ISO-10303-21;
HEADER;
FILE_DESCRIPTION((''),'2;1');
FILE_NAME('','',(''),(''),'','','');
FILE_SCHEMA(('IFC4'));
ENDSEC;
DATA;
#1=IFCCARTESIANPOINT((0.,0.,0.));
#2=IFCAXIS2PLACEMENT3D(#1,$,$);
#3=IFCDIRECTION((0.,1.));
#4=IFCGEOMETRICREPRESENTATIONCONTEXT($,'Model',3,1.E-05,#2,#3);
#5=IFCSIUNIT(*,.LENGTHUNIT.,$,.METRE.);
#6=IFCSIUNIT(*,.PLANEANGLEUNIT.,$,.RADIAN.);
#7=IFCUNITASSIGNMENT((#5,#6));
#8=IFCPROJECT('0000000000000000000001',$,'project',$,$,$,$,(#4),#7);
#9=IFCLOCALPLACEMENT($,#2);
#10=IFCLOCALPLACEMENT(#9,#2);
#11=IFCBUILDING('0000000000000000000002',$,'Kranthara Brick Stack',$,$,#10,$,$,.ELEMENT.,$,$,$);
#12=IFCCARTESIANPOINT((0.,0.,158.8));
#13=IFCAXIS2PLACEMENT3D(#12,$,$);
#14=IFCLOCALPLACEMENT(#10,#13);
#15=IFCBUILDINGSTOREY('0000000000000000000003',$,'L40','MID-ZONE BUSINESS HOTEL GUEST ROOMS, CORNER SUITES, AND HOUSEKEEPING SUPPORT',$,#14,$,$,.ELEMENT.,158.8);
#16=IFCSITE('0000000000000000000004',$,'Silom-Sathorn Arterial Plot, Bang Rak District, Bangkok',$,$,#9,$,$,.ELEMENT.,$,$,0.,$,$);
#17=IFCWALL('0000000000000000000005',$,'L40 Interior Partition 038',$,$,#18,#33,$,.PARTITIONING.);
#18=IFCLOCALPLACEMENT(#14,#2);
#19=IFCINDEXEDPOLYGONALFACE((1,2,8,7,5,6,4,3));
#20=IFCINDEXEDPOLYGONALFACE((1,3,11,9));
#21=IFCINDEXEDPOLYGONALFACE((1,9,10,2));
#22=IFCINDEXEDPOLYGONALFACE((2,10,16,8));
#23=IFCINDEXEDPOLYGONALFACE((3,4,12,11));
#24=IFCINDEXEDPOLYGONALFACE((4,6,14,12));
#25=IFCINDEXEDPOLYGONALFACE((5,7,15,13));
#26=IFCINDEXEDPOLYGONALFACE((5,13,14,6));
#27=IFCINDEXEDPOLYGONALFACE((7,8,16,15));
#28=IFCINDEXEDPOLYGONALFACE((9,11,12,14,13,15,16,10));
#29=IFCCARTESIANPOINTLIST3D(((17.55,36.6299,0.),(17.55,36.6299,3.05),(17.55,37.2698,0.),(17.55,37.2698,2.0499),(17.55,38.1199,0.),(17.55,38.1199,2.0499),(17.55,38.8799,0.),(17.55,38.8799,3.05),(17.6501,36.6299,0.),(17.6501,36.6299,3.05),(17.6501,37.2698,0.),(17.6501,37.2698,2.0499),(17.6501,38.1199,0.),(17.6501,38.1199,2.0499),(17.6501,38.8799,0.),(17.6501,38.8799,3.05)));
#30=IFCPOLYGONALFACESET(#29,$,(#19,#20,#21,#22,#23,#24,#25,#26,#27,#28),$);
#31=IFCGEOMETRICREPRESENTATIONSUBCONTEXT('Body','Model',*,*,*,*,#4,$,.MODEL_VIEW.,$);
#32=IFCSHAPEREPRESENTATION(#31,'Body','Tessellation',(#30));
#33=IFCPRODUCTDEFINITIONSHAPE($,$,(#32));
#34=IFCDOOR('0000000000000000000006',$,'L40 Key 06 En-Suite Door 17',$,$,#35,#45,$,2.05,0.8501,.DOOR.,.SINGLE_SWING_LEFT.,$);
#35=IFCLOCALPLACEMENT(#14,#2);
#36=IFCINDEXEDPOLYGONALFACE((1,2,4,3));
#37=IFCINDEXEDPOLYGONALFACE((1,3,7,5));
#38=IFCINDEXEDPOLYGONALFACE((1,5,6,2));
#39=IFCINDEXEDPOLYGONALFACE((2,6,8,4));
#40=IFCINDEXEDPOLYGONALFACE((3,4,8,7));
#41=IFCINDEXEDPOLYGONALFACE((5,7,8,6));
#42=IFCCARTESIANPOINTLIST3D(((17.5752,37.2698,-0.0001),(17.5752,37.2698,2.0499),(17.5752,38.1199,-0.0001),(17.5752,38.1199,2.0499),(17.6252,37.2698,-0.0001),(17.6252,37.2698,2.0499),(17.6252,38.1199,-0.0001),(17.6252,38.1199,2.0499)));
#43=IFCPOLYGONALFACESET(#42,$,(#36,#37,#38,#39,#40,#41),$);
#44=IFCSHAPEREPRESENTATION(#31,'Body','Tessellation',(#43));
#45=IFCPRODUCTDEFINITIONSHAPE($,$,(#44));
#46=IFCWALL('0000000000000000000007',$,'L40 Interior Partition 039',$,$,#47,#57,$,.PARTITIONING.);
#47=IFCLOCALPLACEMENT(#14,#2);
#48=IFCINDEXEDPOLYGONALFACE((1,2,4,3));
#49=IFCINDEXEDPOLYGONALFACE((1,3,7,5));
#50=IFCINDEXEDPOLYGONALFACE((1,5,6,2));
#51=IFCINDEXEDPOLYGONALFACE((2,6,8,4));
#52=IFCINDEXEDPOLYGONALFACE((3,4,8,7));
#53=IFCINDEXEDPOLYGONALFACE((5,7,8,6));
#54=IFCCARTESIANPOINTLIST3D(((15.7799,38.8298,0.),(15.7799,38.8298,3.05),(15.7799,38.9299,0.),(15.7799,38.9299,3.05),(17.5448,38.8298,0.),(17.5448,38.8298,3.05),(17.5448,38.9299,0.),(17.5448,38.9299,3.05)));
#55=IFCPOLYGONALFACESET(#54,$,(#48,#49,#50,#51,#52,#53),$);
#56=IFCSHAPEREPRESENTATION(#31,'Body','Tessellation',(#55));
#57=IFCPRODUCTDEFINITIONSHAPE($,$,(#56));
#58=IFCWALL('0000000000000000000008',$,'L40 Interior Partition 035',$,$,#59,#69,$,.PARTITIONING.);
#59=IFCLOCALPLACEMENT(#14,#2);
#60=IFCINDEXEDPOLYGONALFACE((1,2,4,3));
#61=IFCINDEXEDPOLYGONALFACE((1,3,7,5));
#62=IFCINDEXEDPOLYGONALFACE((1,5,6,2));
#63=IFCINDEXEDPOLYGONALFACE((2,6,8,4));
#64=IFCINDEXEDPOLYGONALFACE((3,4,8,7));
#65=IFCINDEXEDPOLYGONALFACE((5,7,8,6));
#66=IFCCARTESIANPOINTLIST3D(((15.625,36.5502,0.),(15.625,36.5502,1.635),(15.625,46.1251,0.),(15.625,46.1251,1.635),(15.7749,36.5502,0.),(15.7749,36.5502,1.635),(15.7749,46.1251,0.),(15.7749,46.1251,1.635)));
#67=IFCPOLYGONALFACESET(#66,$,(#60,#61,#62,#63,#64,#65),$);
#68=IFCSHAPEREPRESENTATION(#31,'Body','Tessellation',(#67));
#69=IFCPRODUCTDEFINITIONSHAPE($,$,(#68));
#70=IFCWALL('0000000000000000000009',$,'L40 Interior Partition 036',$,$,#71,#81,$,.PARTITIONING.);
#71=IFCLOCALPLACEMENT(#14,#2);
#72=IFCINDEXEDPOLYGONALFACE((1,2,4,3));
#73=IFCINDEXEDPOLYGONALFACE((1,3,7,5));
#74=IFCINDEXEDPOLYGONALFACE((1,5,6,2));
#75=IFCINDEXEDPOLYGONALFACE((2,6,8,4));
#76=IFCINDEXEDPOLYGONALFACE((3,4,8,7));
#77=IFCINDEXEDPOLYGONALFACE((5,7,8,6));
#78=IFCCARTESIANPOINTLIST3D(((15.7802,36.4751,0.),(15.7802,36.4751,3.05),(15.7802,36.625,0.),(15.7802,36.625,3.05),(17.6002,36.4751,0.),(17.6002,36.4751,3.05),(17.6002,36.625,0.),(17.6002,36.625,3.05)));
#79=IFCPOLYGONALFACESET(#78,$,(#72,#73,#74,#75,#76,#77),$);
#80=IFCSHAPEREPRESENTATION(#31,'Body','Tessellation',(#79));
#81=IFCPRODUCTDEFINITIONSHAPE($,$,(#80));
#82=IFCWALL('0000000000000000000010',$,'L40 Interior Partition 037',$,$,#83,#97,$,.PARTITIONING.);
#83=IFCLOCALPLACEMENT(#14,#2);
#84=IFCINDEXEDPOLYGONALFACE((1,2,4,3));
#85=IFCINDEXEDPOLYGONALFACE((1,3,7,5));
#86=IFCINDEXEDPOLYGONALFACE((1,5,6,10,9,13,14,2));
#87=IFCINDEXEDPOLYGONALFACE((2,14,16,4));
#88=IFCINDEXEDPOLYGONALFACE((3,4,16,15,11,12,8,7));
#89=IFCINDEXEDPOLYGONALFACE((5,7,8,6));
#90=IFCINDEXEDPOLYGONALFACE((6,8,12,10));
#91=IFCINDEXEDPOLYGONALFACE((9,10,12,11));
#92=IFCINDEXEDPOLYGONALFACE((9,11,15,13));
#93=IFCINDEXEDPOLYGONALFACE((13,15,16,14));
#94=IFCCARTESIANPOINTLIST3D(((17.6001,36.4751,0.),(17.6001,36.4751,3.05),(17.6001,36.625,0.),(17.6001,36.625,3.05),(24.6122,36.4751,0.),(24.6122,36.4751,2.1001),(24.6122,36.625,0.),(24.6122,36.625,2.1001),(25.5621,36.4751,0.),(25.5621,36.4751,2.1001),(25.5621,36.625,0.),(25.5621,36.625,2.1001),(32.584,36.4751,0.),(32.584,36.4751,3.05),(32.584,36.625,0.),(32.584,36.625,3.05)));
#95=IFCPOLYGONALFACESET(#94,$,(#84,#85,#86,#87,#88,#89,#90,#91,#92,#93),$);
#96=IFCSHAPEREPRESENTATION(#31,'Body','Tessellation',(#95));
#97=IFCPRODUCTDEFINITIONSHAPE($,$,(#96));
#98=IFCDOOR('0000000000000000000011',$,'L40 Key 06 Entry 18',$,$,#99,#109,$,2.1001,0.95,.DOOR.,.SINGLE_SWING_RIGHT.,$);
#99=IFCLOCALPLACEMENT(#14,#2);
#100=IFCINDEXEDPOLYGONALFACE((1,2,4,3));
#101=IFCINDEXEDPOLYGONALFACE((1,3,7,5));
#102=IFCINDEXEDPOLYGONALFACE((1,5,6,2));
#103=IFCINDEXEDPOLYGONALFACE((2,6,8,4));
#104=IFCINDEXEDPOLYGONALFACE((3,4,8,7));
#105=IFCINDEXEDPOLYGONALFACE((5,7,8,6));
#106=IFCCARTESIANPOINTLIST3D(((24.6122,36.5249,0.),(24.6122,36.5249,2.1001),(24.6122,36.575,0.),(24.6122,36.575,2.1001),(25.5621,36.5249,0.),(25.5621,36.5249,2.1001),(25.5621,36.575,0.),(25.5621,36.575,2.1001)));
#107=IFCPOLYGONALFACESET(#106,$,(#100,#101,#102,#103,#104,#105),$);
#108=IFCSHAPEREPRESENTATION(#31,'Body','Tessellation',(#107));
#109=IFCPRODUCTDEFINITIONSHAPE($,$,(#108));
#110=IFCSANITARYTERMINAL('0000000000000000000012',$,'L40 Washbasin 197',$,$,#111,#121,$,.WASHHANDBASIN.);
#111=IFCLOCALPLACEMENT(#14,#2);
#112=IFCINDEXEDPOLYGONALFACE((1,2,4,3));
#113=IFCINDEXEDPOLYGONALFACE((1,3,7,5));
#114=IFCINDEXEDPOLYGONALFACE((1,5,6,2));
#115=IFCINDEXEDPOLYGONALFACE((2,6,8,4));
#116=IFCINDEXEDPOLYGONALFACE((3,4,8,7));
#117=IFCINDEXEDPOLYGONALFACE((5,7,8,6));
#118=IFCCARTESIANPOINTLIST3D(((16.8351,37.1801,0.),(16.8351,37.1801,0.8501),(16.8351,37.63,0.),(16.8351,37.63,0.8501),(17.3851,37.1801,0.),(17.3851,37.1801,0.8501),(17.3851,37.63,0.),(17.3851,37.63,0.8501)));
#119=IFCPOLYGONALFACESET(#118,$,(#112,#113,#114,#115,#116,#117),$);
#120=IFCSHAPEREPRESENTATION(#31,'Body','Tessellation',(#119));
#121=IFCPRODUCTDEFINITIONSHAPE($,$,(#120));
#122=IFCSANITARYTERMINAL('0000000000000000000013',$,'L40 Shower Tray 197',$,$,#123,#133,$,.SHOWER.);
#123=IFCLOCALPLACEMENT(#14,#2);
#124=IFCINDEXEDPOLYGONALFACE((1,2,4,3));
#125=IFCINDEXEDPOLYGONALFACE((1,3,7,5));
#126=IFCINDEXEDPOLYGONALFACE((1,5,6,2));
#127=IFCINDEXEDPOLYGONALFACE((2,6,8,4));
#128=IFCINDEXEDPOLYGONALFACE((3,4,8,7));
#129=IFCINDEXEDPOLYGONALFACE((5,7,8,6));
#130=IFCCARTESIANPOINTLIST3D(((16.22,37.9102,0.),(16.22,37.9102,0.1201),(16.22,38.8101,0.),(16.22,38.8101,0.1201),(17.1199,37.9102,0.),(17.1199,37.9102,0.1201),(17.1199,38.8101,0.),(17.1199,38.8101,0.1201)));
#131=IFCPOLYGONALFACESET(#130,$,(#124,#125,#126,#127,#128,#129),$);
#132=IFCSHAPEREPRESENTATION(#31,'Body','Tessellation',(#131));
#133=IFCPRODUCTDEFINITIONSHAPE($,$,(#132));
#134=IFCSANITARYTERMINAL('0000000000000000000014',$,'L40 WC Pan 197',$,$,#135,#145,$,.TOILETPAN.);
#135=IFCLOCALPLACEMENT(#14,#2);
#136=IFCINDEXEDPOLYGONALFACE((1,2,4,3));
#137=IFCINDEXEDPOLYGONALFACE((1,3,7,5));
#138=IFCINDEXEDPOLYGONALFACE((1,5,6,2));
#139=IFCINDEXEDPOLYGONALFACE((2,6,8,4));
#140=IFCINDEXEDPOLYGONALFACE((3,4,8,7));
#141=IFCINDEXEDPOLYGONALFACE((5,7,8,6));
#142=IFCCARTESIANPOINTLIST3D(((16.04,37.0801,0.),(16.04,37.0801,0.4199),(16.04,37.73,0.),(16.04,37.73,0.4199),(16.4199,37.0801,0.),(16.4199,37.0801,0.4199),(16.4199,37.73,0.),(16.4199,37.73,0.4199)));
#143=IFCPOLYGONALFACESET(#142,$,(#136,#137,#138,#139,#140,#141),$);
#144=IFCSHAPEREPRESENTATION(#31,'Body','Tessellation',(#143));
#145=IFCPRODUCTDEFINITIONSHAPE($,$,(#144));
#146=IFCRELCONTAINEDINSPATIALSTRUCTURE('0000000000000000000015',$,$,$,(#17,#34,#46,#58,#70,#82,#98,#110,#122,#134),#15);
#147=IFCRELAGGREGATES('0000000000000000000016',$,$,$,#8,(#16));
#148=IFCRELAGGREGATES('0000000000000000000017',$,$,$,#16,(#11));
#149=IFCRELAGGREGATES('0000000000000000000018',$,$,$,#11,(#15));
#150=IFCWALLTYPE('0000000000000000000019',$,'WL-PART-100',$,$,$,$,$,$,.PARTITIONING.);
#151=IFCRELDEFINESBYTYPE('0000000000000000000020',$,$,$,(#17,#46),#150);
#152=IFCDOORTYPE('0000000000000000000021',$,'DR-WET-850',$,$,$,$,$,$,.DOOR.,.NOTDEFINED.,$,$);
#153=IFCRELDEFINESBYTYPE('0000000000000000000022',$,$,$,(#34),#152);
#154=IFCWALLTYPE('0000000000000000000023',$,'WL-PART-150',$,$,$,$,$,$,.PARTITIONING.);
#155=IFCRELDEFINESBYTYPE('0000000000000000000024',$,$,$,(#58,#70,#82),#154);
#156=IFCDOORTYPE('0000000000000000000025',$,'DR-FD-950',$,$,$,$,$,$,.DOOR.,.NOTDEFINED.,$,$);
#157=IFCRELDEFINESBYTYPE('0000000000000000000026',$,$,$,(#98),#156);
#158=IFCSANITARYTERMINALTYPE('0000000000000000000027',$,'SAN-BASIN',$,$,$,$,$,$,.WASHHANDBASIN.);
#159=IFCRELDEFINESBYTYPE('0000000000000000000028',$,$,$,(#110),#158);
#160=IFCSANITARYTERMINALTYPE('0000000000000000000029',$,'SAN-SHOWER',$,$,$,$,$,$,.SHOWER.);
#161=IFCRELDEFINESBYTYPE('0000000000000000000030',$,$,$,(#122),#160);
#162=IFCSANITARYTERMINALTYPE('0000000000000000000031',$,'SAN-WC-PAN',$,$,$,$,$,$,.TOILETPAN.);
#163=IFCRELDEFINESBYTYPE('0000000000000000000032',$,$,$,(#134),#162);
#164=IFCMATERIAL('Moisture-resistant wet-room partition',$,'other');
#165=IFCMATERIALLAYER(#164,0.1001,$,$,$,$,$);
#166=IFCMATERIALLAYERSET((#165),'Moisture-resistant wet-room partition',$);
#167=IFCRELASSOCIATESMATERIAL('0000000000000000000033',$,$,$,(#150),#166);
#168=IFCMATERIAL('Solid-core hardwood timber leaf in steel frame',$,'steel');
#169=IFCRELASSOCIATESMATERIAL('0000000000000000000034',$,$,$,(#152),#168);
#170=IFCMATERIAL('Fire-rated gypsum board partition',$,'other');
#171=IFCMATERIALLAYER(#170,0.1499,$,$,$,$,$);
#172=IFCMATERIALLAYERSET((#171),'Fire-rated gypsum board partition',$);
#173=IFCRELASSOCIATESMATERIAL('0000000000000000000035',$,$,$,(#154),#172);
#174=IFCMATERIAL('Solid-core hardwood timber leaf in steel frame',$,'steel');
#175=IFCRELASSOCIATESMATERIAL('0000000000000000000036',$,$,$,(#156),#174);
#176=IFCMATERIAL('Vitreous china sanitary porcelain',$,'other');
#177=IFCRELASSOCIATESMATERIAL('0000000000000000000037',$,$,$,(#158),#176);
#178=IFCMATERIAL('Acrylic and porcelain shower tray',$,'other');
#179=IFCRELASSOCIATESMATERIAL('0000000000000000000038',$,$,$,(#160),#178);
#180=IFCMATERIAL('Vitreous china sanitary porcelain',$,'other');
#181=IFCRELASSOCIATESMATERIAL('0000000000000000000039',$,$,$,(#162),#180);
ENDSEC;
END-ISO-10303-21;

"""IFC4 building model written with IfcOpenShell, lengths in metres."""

from ifc_helpers import new_model, si_unit, direction, frame, frame_2d, origin, origin_2d, place, context, subcontext, project, spatial, rectangle, extrude, material, layer, layer_set, type_object, element, fill, save


model = new_model("IFC4")

# Units and contexts
model_context = context("Model", 3, precision=1e-05, world=origin(), true_north=direction((0.0, 1.0)))
body_context = subcontext(model_context, "Body", "Model", "MODEL_VIEW")
ifc_project = project(units=[si_unit("LENGTHUNIT", "METRE"), si_unit("PLANEANGLEUNIT", "RADIAN")], contexts=[model_context])

# Site, building, storey
site_placement = place(None, origin())
site = spatial("IfcSite", under=ifc_project, at=site_placement, Name="Silom-Sathorn Arterial Plot, Bang Rak District, Bangkok", CompositionType="ELEMENT", RefElevation=0.0)
building_placement = place(site_placement, origin())
building = spatial("IfcBuilding", under=site, at=building_placement, Name="Kranthara Brick Stack", CompositionType="ELEMENT")
storey_placement = place(building_placement, frame((0.0, 0.0, 158.8)))
storey = spatial("IfcBuildingStorey", under=building, at=storey_placement, Name="L40", Description="MID-ZONE BUSINESS HOTEL GUEST ROOMS, CORNER SUITES, AND HOUSEKEEPING SUPPORT", CompositionType="ELEMENT", Elevation=158.8)

# Wall, opening, door
ifc_material_1 = material(Name="Moisture-resistant wet-room partition", Category="other")
ifc_layer_1 = layer(ifc_material_1, 0.1001)
ifc_layer_set_1 = layer_set([ifc_layer_1], Name="Moisture-resistant wet-room partition")
wall_type_1 = type_object("IfcWallType", Name="WL-PART-100", PredefinedType="PARTITIONING", material=ifc_layer_set_1)
wall_1_placement = place(storey_placement, frame((17.6001, 36.6299, 0.0), z_axis=(0.0, 0.0, 1.0), x_axis=(0.0, 1.0, 0.0)))
wall_1 = element("IfcWall", 1, at=wall_1_placement, inside=storey, type_object=wall_type_1, Name="L40 Interior Partition 038", PredefinedType="PARTITIONING", context=body_context, shape_type="SweptSolid", body=[
    extrude(rectangle(XDim=2.25, YDim=0.1001, at=frame_2d((1.125, 0.0))), origin(), (0.0, 0.0, 1.0), 3.05),
])
opening_1_placement = place(wall_1_placement, frame((0.6399, 0.0, 0.0)))
opening_1 = element("IfcOpeningElement", 2, at=opening_1_placement, cuts=wall_1, PredefinedType="OPENING", context=body_context, shape_type="SweptSolid", body=[
    extrude(rectangle(XDim=0.8501, YDim=2.05, at=frame_2d((0.425, 1.0249))), frame((0.0, 0.0601, 0.0), z_axis=(0.0, -1.0, 0.0), x_axis=(1.0, 0.0, 0.0)), (0.0, 0.0, 1.0), 0.1201),
])
ifc_material_2 = material(Name="Solid-core hardwood timber leaf in steel frame", Category="steel")
door_type_1 = type_object("IfcDoorType", Name="DR-WET-850", OperationType="NOTDEFINED", PredefinedType="DOOR", material=ifc_material_2)
door_1_placement = place(opening_1_placement, origin())
door_1 = element("IfcDoor", 3, at=door_1_placement, inside=storey, type_object=door_type_1, Name="L40 Key 06 En-Suite Door 17", OperationType="SINGLE_SWING_LEFT", OverallHeight=2.05, OverallWidth=0.8501, PredefinedType="DOOR", context=body_context, shape_type="SweptSolid", body=[
    extrude(rectangle(XDim=0.8501, YDim=2.05, at=frame_2d((0.425, 1.0249))), frame((0.0, 0.0249, 0.0), z_axis=(0.0, -1.0, 0.0), x_axis=(1.0, 0.0, 0.0)), (0.0, 0.0, 1.0), 0.05),
])
fill(opening_1, door_1)

# Walls
wall_2_placement = place(storey_placement, frame((15.78, 38.8799, 0.0), z_axis=(0.0, 0.0, 1.0), x_axis=(1.0, 0.0, 0.0)))
element("IfcWall", 4, at=wall_2_placement, inside=storey, type_object=wall_type_1, Name="L40 Interior Partition 039", PredefinedType="PARTITIONING", context=body_context, shape_type="SweptSolid", body=[
    extrude(rectangle(XDim=1.7649, YDim=0.1001, at=frame_2d((0.8823, 0.0))), origin(), (0.0, 0.0, 1.0), 3.05),
])
ifc_material_3 = material(Name="Fire-rated gypsum board partition", Category="other")
ifc_layer_2 = layer(ifc_material_3, 0.1499)
ifc_layer_set_2 = layer_set([ifc_layer_2], Name="Fire-rated gypsum board partition")
wall_type_2 = type_object("IfcWallType", Name="WL-PART-150", PredefinedType="PARTITIONING", material=ifc_layer_set_2)
wall_3_placement = place(storey_placement, frame((15.7, 36.55, 0.0), z_axis=(0.0, 0.0, 1.0), x_axis=(0.0, 1.0, 0.0)))
element("IfcWall", 5, at=wall_3_placement, inside=storey, type_object=wall_type_2, Name="L40 Interior Partition 035", PredefinedType="PARTITIONING", context=body_context, shape_type="SweptSolid", body=[
    extrude(rectangle(XDim=9.575, YDim=0.1499, at=frame_2d((4.7876, 0.0))), origin(), (0.0, 0.0, 1.0), 1.635),
])
wall_4_placement = place(storey_placement, frame((15.78, 36.55, 0.0), z_axis=(0.0, 0.0, 1.0), x_axis=(1.0, 0.0, 0.0)))
element("IfcWall", 6, at=wall_4_placement, inside=storey, type_object=wall_type_2, Name="L40 Interior Partition 036", PredefinedType="PARTITIONING", context=body_context, shape_type="SweptSolid", body=[
    extrude(rectangle(XDim=1.8201, YDim=0.1499, at=frame_2d((0.9102, 0.0))), origin(), (0.0, 0.0, 1.0), 3.05),
])

# Wall, opening, door
wall_5_placement = place(storey_placement, frame((17.6001, 36.55, 0.0), z_axis=(0.0, 0.0, 1.0), x_axis=(1.0, 0.0, 0.0)))
wall_5 = element("IfcWall", 7, at=wall_5_placement, inside=storey, type_object=wall_type_2, Name="L40 Interior Partition 037", PredefinedType="PARTITIONING", context=body_context, shape_type="SweptSolid", body=[
    extrude(rectangle(XDim=14.9839, YDim=0.1499, at=frame_2d((7.4919, 0.0))), origin(), (0.0, 0.0, 1.0), 3.05),
])
opening_2_placement = place(wall_5_placement, frame((7.012, 0.0, 0.0)))
opening_2 = element("IfcOpeningElement", 8, at=opening_2_placement, cuts=wall_5, PredefinedType="OPENING", context=body_context, shape_type="SweptSolid", body=[
    extrude(rectangle(XDim=0.95, YDim=2.1001, at=frame_2d((0.4751, 1.05))), frame((0.0, 0.085, 0.0), z_axis=(0.0, -1.0, 0.0), x_axis=(1.0, 0.0, 0.0)), (0.0, 0.0, 1.0), 0.1699),
])
ifc_material_4 = material(Name="Solid-core hardwood timber leaf in steel frame", Category="steel")
door_type_2 = type_object("IfcDoorType", Name="DR-FD-950", OperationType="NOTDEFINED", PredefinedType="DOOR", material=ifc_material_4)
door_2_placement = place(opening_2_placement, origin())
door_2 = element("IfcDoor", 9, at=door_2_placement, inside=storey, type_object=door_type_2, Name="L40 Key 06 Entry 18", OperationType="SINGLE_SWING_RIGHT", OverallHeight=2.1001, OverallWidth=0.95, PredefinedType="DOOR", context=body_context, shape_type="SweptSolid", body=[
    extrude(rectangle(XDim=0.95, YDim=2.1001, at=frame_2d((0.4751, 1.05))), frame((0.0, 0.0249, 0.0), z_axis=(0.0, -1.0, 0.0), x_axis=(1.0, 0.0, 0.0)), (0.0, 0.0, 1.0), 0.05),
])
fill(opening_2, door_2)

# Sanitary terminals
ifc_material_5 = material(Name="Vitreous china sanitary porcelain", Category="other")
sanitary_terminal_type_1 = type_object("IfcSanitaryTerminalType", Name="SAN-BASIN", PredefinedType="WASHHANDBASIN", material=ifc_material_5)
sanitary_terminal_1_placement = place(storey_placement, frame((17.1101, 37.405, 0.0), z_axis=(0.0, 0.0, 1.0), x_axis=(1.0, 0.0, 0.0)))
element("IfcSanitaryTerminal", 10, at=sanitary_terminal_1_placement, inside=storey, type_object=sanitary_terminal_type_1, Name="L40 Washbasin 197", PredefinedType="WASHHANDBASIN", context=body_context, shape_type="SweptSolid", body=[
    extrude(rectangle(XDim=0.55, YDim=0.45, at=origin_2d()), origin(), (0.0, 0.0, 1.0), 0.8501),
])
ifc_material_6 = material(Name="Acrylic and porcelain shower tray", Category="other")
sanitary_terminal_type_2 = type_object("IfcSanitaryTerminalType", Name="SAN-SHOWER", PredefinedType="SHOWER", material=ifc_material_6)
sanitary_terminal_2_placement = place(storey_placement, frame((16.6699, 38.3601, 0.0), z_axis=(0.0, 0.0, 1.0), x_axis=(1.0, 0.0, 0.0)))
element("IfcSanitaryTerminal", 11, at=sanitary_terminal_2_placement, inside=storey, type_object=sanitary_terminal_type_2, Name="L40 Shower Tray 197", PredefinedType="SHOWER", context=body_context, shape_type="SweptSolid", body=[
    extrude(rectangle(XDim=0.8999, YDim=0.8999, at=origin_2d()), origin(), (0.0, 0.0, 1.0), 0.1201),
])
ifc_material_7 = material(Name="Vitreous china sanitary porcelain", Category="other")
sanitary_terminal_type_3 = type_object("IfcSanitaryTerminalType", Name="SAN-WC-PAN", PredefinedType="TOILETPAN", material=ifc_material_7)
sanitary_terminal_3_placement = place(storey_placement, frame((16.23, 37.405, 0.0), z_axis=(0.0, 0.0, 1.0), x_axis=(1.0, 0.0, 0.0)))
element("IfcSanitaryTerminal", 12, at=sanitary_terminal_3_placement, inside=storey, type_object=sanitary_terminal_type_3, Name="L40 WC Pan 197", PredefinedType="TOILETPAN", context=body_context, shape_type="SweptSolid", body=[
    extrude(rectangle(XDim=0.3799, YDim=0.6499, at=origin_2d()), origin(), (0.0, 0.0, 1.0), 0.4199),
])

save(model, "model.ifc")
